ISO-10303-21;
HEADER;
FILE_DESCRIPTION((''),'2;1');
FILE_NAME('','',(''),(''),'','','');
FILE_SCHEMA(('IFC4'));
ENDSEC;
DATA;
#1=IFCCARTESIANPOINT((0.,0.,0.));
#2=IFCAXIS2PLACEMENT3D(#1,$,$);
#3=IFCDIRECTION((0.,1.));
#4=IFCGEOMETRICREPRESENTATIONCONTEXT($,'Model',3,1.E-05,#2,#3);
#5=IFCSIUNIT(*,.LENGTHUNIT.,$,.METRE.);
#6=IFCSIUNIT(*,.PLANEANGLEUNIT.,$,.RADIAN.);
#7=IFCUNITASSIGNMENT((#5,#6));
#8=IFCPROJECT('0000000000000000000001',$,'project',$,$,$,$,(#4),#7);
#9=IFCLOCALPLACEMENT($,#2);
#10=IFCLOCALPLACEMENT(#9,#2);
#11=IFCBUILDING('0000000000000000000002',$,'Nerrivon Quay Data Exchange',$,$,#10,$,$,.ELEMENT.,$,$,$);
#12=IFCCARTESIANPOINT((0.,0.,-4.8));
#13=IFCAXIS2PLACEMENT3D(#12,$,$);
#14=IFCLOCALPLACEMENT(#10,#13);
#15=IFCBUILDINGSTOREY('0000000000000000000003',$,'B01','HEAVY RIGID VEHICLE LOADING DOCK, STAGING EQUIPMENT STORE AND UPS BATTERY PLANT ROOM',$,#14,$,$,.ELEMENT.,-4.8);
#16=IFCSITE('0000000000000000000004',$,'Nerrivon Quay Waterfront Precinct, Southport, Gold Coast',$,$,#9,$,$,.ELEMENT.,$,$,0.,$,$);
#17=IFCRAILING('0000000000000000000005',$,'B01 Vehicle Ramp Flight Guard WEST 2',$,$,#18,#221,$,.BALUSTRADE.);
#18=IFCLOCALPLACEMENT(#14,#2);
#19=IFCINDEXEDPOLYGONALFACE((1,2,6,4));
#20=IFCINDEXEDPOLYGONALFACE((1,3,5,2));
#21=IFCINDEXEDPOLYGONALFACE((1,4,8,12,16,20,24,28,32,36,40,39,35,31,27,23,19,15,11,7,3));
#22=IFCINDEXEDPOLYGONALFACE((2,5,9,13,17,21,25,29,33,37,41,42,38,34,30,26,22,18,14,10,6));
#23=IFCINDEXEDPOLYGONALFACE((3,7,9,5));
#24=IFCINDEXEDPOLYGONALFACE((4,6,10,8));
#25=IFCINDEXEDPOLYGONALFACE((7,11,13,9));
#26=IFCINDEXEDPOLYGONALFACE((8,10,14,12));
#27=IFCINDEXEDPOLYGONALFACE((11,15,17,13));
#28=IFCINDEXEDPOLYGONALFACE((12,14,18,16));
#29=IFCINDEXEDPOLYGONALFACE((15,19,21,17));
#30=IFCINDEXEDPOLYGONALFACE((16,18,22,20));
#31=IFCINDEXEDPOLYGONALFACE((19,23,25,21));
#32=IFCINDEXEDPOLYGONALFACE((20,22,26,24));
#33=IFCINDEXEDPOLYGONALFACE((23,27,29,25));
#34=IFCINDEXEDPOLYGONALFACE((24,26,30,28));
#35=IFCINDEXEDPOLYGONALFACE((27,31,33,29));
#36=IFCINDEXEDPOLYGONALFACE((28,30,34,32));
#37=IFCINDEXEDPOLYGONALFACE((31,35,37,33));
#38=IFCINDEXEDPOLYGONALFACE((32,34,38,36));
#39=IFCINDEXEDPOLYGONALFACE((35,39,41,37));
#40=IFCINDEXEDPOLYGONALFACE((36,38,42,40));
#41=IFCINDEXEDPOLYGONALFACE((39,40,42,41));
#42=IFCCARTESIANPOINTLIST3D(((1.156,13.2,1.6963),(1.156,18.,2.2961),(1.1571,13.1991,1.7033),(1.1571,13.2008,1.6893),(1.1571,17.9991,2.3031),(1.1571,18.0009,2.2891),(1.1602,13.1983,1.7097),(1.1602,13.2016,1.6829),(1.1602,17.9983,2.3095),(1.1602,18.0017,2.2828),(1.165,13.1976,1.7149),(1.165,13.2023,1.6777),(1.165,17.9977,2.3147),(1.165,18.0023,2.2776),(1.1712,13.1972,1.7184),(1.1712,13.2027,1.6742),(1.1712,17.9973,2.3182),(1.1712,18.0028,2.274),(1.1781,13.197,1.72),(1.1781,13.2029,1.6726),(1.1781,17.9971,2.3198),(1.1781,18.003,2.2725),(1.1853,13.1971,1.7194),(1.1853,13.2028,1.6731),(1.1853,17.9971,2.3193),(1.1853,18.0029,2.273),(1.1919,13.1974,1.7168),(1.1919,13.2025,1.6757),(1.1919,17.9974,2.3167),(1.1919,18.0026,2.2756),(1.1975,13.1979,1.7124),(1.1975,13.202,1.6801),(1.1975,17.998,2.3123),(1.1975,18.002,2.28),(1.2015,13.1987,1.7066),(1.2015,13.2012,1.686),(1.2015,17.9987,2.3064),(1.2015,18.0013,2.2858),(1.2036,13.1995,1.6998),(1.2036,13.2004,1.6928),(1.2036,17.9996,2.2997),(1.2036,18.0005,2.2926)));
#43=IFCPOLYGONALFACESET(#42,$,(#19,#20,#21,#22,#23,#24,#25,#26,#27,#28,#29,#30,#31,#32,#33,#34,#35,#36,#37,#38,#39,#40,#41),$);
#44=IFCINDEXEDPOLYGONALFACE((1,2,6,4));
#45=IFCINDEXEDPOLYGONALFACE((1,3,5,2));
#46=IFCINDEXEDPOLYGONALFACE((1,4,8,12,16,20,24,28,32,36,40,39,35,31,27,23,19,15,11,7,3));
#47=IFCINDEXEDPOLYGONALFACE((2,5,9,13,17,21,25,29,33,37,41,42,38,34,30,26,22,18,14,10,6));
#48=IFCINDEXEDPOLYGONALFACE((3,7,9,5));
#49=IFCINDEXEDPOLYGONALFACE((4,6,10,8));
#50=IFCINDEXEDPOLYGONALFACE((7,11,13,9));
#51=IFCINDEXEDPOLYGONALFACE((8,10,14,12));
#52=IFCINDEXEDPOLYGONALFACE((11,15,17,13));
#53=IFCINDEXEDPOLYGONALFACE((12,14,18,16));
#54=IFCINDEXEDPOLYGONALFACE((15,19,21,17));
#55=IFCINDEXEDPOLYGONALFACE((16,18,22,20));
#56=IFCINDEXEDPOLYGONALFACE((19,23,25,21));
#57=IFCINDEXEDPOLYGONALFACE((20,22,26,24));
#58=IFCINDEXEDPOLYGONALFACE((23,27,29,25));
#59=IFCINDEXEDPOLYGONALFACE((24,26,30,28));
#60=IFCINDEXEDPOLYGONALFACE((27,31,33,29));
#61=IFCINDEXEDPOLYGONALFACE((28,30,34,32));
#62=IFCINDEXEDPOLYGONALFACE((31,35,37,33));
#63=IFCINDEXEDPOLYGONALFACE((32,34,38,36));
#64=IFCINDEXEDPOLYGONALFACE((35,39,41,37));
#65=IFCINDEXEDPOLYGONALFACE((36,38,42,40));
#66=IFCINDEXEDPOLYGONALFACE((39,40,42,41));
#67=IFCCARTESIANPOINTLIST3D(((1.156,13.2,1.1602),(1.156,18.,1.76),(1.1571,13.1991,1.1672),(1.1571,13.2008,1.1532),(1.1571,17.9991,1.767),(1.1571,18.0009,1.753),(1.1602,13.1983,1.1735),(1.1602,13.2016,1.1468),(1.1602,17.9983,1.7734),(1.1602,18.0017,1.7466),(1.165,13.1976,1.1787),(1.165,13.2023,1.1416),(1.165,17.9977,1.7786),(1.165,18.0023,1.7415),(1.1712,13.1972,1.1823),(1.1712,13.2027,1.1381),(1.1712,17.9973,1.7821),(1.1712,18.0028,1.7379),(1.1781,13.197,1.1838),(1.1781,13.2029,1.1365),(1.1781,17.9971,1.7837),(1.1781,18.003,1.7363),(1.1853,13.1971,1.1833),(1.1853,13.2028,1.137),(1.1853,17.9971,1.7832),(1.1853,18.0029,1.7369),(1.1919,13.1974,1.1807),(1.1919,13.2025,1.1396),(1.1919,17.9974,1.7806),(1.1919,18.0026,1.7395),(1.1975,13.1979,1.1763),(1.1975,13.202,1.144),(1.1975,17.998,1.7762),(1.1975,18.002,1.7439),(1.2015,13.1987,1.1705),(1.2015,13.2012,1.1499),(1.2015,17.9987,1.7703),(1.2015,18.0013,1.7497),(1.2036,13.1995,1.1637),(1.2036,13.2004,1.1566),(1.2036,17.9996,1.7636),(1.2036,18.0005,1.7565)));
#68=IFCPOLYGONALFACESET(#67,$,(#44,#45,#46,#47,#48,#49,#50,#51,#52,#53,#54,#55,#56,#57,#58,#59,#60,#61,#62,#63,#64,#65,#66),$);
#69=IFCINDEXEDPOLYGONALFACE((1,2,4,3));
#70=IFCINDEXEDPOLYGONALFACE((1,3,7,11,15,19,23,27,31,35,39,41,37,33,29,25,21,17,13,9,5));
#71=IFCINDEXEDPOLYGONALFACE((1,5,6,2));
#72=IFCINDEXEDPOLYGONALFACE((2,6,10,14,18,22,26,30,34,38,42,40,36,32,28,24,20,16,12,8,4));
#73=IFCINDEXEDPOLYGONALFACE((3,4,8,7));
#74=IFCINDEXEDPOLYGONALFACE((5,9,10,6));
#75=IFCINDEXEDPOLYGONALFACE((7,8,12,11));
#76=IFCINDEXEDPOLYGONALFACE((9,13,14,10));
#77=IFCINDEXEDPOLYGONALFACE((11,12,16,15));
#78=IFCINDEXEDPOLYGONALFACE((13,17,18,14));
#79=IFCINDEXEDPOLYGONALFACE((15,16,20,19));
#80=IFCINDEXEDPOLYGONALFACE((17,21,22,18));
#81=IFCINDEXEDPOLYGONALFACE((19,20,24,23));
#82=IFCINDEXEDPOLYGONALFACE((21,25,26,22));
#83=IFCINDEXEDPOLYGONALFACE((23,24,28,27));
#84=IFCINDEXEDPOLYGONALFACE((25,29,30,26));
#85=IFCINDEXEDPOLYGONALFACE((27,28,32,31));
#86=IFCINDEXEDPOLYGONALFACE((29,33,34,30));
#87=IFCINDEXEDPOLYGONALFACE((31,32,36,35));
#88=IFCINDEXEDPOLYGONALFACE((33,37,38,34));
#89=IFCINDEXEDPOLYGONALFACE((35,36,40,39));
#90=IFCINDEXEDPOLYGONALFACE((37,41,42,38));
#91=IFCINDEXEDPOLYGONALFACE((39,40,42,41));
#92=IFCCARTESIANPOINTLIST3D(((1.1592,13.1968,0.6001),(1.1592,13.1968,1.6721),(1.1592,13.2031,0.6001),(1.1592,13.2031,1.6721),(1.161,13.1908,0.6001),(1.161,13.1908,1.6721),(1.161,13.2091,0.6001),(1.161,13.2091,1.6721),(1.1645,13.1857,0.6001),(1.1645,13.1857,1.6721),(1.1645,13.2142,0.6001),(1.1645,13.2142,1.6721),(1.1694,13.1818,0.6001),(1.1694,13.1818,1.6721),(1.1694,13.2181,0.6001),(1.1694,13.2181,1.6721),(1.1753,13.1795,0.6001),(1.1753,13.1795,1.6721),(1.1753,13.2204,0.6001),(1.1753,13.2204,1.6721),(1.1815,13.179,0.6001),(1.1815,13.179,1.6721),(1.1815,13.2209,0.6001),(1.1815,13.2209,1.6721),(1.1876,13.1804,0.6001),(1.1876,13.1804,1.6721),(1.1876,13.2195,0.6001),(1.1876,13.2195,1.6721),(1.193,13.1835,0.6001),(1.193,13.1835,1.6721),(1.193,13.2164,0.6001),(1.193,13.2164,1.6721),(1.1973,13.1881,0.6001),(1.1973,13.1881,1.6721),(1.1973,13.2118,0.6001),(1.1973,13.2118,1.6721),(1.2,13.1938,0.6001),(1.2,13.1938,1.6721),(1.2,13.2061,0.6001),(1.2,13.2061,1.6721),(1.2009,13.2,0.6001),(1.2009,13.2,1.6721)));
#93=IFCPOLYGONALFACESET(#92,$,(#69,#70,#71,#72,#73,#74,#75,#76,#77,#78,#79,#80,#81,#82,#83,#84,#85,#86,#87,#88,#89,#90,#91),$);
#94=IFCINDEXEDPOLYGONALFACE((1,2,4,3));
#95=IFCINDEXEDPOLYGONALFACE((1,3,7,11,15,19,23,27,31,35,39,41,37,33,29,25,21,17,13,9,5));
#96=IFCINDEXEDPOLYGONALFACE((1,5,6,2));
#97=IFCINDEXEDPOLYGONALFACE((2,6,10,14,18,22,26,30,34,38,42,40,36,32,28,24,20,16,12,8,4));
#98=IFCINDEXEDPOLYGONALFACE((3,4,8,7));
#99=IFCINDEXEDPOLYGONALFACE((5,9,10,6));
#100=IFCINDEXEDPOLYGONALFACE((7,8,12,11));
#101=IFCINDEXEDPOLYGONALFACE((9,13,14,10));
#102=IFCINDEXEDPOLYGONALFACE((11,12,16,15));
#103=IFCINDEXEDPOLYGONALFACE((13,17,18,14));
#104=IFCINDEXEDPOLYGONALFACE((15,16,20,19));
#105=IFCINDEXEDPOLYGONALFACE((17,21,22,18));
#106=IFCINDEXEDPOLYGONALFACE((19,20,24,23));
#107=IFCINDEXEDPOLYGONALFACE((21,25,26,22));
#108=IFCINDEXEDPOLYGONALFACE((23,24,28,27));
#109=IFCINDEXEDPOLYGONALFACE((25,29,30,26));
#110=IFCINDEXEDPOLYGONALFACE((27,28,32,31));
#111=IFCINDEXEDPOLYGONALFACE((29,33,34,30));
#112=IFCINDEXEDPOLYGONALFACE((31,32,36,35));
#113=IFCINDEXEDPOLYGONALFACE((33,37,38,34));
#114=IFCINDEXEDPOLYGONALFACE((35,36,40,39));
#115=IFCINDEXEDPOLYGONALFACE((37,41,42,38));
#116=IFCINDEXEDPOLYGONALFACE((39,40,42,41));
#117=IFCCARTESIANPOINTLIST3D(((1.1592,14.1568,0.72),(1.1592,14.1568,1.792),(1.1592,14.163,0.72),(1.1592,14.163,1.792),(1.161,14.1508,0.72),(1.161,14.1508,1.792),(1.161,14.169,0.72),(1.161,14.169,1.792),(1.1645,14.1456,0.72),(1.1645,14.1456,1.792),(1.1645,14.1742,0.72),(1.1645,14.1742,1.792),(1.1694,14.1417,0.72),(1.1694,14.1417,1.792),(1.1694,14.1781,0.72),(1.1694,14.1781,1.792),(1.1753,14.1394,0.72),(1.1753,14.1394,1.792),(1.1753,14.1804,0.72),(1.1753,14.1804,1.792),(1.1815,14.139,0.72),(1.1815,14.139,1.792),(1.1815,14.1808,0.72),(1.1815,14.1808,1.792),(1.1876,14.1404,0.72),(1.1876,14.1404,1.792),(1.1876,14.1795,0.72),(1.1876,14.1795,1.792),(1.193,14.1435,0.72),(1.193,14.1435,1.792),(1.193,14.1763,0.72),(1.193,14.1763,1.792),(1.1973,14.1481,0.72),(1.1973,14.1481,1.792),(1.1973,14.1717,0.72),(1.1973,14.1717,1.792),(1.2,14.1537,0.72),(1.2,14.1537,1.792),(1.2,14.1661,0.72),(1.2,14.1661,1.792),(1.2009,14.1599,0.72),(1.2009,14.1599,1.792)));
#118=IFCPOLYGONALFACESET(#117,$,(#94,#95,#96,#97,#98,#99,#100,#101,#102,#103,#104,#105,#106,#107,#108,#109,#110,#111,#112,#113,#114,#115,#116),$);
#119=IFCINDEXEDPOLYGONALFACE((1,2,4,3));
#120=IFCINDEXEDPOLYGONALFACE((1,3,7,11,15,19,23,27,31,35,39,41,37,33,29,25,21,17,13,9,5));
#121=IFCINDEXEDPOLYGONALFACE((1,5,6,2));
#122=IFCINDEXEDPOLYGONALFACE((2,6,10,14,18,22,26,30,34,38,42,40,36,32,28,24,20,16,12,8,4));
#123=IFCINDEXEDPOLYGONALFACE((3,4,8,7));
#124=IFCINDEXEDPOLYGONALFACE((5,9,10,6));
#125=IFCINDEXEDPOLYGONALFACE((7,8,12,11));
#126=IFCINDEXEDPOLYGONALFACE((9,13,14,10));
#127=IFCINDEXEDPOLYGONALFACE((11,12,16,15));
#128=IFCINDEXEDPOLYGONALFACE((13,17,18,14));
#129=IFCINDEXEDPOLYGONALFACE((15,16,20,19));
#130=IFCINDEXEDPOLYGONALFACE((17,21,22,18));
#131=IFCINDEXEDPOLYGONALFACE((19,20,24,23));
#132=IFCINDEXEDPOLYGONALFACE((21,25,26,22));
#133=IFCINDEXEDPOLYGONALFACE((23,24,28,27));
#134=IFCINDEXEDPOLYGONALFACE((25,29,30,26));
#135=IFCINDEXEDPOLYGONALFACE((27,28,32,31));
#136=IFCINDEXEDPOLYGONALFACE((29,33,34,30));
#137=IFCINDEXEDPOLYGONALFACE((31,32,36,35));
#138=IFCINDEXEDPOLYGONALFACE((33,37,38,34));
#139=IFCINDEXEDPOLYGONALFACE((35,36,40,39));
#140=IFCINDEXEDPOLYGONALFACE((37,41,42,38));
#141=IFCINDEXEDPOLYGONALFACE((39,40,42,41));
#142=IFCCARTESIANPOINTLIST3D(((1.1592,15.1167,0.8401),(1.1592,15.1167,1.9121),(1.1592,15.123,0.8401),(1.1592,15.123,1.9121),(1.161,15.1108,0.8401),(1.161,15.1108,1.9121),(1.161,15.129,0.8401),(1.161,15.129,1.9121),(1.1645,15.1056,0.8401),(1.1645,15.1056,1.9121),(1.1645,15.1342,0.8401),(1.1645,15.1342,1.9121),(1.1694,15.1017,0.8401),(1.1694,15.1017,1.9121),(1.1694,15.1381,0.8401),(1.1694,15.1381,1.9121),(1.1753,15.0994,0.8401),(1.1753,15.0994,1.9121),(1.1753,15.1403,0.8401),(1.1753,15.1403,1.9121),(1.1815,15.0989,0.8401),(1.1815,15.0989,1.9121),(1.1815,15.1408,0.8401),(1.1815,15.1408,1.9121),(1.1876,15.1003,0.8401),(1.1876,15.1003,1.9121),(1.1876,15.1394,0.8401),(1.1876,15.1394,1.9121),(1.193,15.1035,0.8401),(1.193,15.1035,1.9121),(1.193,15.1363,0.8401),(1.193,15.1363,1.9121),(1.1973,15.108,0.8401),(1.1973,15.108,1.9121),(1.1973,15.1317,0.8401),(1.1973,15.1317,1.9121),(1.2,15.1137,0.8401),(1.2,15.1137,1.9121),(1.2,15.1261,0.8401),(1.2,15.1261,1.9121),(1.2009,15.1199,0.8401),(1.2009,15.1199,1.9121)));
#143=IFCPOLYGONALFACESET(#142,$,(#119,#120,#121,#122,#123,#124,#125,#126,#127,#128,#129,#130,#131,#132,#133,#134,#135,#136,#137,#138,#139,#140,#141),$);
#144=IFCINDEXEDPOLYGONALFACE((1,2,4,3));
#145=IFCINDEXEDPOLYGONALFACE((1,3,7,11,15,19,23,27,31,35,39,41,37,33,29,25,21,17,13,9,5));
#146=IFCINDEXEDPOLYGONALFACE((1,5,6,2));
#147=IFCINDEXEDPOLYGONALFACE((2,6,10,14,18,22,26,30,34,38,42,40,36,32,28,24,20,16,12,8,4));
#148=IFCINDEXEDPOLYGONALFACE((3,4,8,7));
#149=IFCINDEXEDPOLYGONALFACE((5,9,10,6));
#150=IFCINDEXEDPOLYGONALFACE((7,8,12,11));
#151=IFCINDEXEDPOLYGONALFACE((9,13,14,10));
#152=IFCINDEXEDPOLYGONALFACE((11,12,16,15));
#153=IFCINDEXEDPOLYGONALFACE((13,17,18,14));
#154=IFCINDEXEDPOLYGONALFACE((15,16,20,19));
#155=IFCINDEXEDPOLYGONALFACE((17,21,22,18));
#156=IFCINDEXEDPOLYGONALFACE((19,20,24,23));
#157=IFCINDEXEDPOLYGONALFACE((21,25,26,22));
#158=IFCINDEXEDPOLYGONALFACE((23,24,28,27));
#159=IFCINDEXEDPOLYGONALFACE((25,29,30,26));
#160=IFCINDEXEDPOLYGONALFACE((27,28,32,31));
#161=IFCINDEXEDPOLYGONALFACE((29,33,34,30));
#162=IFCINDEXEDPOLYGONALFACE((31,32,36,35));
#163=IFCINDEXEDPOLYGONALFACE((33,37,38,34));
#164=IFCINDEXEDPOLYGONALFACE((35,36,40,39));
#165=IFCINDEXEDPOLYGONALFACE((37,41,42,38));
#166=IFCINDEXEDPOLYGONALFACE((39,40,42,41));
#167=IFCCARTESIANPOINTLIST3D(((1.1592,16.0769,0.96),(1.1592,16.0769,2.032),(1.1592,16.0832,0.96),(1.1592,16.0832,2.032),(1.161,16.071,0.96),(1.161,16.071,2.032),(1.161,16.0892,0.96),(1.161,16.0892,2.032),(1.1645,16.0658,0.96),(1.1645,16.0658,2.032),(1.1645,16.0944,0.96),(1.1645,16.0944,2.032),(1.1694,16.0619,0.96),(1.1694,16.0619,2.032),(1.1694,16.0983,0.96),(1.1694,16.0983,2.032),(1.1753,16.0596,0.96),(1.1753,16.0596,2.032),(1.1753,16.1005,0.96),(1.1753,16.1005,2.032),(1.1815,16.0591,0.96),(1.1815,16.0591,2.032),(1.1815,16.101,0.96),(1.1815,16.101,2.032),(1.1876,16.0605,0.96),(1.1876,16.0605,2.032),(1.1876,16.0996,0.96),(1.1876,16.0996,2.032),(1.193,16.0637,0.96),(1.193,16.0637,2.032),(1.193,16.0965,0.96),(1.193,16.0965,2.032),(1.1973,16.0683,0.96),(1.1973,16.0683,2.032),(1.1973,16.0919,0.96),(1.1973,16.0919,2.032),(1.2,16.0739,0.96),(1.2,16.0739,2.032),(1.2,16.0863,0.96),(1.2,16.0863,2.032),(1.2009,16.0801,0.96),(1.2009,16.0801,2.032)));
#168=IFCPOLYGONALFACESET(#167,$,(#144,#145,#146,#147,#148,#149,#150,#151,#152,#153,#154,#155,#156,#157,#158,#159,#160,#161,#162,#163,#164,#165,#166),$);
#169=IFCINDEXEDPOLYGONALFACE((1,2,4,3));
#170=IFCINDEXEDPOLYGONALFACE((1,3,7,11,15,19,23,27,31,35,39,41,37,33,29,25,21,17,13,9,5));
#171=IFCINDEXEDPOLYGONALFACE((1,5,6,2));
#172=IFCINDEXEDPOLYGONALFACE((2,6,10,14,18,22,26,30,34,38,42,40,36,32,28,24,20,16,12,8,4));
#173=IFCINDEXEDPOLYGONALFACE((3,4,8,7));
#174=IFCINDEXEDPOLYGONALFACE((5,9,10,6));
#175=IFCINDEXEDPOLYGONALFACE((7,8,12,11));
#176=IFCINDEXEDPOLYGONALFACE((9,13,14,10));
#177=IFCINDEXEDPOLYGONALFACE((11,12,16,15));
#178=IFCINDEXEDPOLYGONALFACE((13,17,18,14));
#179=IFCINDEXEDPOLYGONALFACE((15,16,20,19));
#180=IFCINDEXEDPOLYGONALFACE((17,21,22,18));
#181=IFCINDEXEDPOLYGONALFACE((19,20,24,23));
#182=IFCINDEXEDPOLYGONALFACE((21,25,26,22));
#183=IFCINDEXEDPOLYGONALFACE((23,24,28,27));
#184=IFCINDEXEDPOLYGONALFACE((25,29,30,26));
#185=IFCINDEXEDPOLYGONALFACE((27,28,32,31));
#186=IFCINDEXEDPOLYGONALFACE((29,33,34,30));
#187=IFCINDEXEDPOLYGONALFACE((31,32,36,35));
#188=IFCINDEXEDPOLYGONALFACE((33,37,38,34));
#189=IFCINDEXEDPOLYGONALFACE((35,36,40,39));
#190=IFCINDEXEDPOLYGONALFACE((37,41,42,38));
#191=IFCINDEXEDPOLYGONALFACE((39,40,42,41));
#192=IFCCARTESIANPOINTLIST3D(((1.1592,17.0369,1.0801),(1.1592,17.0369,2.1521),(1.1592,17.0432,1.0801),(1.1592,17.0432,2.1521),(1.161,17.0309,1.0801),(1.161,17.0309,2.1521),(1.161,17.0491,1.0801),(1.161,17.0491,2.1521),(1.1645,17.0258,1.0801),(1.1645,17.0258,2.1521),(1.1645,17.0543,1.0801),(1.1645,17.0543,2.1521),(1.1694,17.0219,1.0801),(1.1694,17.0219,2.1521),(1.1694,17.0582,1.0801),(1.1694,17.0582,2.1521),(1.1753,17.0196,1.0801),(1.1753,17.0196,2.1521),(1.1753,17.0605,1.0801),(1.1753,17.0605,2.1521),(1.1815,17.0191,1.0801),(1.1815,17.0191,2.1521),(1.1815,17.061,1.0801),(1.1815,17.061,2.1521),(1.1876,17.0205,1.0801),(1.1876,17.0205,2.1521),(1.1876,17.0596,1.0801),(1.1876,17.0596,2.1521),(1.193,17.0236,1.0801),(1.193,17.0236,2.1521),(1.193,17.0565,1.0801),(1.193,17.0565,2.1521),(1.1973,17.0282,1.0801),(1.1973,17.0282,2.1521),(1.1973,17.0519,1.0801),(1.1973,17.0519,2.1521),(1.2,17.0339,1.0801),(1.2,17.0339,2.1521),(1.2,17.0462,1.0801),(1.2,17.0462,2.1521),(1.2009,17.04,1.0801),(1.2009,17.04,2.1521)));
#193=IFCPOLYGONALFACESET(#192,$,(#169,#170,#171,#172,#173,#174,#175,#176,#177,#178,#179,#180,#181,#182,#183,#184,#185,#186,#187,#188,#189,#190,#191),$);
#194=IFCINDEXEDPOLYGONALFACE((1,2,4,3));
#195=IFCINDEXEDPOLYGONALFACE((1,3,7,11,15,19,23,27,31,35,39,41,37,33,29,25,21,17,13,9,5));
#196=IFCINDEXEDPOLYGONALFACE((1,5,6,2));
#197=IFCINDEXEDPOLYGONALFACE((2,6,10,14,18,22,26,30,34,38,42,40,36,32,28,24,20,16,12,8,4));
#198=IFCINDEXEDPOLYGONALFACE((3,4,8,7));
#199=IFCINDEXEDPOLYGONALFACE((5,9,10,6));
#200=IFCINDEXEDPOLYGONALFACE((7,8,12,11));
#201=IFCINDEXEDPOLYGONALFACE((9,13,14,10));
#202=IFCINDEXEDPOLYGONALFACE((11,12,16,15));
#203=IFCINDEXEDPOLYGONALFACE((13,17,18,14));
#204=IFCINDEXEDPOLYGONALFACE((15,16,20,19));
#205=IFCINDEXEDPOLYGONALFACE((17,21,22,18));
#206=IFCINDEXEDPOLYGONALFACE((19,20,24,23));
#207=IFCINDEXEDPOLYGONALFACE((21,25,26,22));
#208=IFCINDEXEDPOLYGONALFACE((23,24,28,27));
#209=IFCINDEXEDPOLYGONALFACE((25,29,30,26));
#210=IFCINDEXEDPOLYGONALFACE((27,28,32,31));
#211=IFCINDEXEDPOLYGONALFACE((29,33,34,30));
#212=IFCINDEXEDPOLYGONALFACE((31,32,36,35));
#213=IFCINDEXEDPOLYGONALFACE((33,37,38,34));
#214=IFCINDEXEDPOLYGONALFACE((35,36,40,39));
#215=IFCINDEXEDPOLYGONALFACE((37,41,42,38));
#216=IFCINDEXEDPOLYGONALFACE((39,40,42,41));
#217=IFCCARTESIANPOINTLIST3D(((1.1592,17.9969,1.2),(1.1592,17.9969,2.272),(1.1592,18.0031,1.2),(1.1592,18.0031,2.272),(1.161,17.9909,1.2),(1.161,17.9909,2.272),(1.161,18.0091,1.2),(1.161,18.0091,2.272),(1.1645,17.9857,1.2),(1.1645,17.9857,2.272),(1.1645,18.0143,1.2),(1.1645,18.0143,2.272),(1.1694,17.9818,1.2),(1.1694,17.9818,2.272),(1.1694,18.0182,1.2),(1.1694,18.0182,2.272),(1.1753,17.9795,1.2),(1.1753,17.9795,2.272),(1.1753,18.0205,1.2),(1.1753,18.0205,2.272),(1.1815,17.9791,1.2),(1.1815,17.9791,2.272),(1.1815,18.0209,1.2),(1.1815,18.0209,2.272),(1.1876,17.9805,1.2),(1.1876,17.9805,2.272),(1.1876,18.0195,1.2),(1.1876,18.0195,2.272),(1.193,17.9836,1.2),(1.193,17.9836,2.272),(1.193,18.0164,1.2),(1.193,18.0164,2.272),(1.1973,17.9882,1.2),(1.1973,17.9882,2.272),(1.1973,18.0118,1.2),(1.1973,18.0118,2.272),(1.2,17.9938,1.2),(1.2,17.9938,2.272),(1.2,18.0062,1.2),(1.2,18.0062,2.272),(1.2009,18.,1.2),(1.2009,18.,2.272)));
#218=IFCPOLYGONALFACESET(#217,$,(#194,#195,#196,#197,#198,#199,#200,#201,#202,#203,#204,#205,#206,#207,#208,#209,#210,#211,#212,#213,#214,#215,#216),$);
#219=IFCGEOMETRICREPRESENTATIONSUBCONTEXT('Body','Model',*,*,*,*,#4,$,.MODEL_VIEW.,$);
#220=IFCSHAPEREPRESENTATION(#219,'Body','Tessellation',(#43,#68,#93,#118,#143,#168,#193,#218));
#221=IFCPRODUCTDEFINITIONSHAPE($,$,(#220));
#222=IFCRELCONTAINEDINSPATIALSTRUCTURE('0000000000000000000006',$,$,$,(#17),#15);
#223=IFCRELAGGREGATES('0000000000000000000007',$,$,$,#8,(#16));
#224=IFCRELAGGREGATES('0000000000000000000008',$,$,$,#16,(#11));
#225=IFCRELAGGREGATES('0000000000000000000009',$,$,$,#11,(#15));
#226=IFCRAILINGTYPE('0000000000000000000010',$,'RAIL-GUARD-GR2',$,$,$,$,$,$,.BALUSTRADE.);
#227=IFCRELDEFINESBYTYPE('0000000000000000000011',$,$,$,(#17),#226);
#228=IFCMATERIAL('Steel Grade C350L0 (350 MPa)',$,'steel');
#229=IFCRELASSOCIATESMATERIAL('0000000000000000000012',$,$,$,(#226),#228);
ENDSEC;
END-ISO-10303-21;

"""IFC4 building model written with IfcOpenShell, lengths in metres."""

from ifc_helpers import new_model, si_unit, direction, frame, origin, origin_2d, place, context, subcontext, project, spatial, circle, extrude, material, type_object, element, save


model = new_model("IFC4")

# Units and contexts
model_context = context("Model", 3, precision=1e-05, world=origin(), true_north=direction((0.0, 1.0)))
body_context = subcontext(model_context, "Body", "Model", "MODEL_VIEW")
ifc_project = project(units=[si_unit("LENGTHUNIT", "METRE"), si_unit("PLANEANGLEUNIT", "RADIAN")], contexts=[model_context])

# Site, building, storey
site_placement = place(None, origin())
site = spatial("IfcSite", under=ifc_project, at=site_placement, Name="Nerrivon Quay Waterfront Precinct, Southport, Gold Coast", CompositionType="ELEMENT", RefElevation=0.0)
building_placement = place(site_placement, origin())
building = spatial("IfcBuilding", under=site, at=building_placement, Name="Nerrivon Quay Data Exchange", CompositionType="ELEMENT")
storey_placement = place(building_placement, frame((0.0, 0.0, -4.8)))
storey = spatial("IfcBuildingStorey", under=building, at=storey_placement, Name="B01", Description="HEAVY RIGID VEHICLE LOADING DOCK, STAGING EQUIPMENT STORE AND UPS BATTERY PLANT ROOM", CompositionType="ELEMENT", Elevation=-4.8)

# Railing
ifc_material_1 = material(Name="Steel Grade C350L0 (350 MPa)", Category="steel")
railing_type = type_object("IfcRailingType", Name="RAIL-GUARD-GR2", PredefinedType="BALUSTRADE", material=ifc_material_1)
railing_1_placement = place(storey_placement, frame((1.1799, 13.2, 0.6001)))
element("IfcRailing", 1, at=railing_1_placement, inside=storey, type_object=railing_type, Name="B01 Vehicle Ramp Flight Guard WEST 2", PredefinedType="BALUSTRADE", context=body_context, shape_type="SweptSolid", body=[
    extrude(circle(Radius=0.0239, at=origin_2d()), frame((0.0, 0.0, 1.0962), z_axis=(0.0, 0.992282, 0.124004), x_axis=(-1.0, 0.0, 0.0)), (0.0, 0.0, 1.0), 4.8374),
    extrude(circle(Radius=0.0239, at=origin_2d()), frame((0.0, 0.0, 0.5601), z_axis=(0.0, 0.992282, 0.124004), x_axis=(-1.0, 0.0, 0.0)), (0.0, 0.0, 1.0), 4.8374),
    extrude(circle(Radius=0.021, at=origin_2d()), origin(), (0.0, 0.0, 1.0), 1.072),
    extrude(circle(Radius=0.021, at=origin_2d()), frame((0.0, 0.96, 0.1199)), (0.0, 0.0, 1.0), 1.072),
    extrude(circle(Radius=0.021, at=origin_2d()), frame((0.0, 1.9199, 0.24)), (0.0, 0.0, 1.0), 1.072),
    extrude(circle(Radius=0.021, at=origin_2d()), frame((0.0, 2.8801, 0.3599)), (0.0, 0.0, 1.0), 1.072),
    extrude(circle(Radius=0.021, at=origin_2d()), frame((0.0, 3.8401, 0.48)), (0.0, 0.0, 1.0), 1.072),
    extrude(circle(Radius=0.021, at=origin_2d()), frame((0.0, 4.8, 0.5999)), (0.0, 0.0, 1.0), 1.072),
])

save(model, "model.ifc")
